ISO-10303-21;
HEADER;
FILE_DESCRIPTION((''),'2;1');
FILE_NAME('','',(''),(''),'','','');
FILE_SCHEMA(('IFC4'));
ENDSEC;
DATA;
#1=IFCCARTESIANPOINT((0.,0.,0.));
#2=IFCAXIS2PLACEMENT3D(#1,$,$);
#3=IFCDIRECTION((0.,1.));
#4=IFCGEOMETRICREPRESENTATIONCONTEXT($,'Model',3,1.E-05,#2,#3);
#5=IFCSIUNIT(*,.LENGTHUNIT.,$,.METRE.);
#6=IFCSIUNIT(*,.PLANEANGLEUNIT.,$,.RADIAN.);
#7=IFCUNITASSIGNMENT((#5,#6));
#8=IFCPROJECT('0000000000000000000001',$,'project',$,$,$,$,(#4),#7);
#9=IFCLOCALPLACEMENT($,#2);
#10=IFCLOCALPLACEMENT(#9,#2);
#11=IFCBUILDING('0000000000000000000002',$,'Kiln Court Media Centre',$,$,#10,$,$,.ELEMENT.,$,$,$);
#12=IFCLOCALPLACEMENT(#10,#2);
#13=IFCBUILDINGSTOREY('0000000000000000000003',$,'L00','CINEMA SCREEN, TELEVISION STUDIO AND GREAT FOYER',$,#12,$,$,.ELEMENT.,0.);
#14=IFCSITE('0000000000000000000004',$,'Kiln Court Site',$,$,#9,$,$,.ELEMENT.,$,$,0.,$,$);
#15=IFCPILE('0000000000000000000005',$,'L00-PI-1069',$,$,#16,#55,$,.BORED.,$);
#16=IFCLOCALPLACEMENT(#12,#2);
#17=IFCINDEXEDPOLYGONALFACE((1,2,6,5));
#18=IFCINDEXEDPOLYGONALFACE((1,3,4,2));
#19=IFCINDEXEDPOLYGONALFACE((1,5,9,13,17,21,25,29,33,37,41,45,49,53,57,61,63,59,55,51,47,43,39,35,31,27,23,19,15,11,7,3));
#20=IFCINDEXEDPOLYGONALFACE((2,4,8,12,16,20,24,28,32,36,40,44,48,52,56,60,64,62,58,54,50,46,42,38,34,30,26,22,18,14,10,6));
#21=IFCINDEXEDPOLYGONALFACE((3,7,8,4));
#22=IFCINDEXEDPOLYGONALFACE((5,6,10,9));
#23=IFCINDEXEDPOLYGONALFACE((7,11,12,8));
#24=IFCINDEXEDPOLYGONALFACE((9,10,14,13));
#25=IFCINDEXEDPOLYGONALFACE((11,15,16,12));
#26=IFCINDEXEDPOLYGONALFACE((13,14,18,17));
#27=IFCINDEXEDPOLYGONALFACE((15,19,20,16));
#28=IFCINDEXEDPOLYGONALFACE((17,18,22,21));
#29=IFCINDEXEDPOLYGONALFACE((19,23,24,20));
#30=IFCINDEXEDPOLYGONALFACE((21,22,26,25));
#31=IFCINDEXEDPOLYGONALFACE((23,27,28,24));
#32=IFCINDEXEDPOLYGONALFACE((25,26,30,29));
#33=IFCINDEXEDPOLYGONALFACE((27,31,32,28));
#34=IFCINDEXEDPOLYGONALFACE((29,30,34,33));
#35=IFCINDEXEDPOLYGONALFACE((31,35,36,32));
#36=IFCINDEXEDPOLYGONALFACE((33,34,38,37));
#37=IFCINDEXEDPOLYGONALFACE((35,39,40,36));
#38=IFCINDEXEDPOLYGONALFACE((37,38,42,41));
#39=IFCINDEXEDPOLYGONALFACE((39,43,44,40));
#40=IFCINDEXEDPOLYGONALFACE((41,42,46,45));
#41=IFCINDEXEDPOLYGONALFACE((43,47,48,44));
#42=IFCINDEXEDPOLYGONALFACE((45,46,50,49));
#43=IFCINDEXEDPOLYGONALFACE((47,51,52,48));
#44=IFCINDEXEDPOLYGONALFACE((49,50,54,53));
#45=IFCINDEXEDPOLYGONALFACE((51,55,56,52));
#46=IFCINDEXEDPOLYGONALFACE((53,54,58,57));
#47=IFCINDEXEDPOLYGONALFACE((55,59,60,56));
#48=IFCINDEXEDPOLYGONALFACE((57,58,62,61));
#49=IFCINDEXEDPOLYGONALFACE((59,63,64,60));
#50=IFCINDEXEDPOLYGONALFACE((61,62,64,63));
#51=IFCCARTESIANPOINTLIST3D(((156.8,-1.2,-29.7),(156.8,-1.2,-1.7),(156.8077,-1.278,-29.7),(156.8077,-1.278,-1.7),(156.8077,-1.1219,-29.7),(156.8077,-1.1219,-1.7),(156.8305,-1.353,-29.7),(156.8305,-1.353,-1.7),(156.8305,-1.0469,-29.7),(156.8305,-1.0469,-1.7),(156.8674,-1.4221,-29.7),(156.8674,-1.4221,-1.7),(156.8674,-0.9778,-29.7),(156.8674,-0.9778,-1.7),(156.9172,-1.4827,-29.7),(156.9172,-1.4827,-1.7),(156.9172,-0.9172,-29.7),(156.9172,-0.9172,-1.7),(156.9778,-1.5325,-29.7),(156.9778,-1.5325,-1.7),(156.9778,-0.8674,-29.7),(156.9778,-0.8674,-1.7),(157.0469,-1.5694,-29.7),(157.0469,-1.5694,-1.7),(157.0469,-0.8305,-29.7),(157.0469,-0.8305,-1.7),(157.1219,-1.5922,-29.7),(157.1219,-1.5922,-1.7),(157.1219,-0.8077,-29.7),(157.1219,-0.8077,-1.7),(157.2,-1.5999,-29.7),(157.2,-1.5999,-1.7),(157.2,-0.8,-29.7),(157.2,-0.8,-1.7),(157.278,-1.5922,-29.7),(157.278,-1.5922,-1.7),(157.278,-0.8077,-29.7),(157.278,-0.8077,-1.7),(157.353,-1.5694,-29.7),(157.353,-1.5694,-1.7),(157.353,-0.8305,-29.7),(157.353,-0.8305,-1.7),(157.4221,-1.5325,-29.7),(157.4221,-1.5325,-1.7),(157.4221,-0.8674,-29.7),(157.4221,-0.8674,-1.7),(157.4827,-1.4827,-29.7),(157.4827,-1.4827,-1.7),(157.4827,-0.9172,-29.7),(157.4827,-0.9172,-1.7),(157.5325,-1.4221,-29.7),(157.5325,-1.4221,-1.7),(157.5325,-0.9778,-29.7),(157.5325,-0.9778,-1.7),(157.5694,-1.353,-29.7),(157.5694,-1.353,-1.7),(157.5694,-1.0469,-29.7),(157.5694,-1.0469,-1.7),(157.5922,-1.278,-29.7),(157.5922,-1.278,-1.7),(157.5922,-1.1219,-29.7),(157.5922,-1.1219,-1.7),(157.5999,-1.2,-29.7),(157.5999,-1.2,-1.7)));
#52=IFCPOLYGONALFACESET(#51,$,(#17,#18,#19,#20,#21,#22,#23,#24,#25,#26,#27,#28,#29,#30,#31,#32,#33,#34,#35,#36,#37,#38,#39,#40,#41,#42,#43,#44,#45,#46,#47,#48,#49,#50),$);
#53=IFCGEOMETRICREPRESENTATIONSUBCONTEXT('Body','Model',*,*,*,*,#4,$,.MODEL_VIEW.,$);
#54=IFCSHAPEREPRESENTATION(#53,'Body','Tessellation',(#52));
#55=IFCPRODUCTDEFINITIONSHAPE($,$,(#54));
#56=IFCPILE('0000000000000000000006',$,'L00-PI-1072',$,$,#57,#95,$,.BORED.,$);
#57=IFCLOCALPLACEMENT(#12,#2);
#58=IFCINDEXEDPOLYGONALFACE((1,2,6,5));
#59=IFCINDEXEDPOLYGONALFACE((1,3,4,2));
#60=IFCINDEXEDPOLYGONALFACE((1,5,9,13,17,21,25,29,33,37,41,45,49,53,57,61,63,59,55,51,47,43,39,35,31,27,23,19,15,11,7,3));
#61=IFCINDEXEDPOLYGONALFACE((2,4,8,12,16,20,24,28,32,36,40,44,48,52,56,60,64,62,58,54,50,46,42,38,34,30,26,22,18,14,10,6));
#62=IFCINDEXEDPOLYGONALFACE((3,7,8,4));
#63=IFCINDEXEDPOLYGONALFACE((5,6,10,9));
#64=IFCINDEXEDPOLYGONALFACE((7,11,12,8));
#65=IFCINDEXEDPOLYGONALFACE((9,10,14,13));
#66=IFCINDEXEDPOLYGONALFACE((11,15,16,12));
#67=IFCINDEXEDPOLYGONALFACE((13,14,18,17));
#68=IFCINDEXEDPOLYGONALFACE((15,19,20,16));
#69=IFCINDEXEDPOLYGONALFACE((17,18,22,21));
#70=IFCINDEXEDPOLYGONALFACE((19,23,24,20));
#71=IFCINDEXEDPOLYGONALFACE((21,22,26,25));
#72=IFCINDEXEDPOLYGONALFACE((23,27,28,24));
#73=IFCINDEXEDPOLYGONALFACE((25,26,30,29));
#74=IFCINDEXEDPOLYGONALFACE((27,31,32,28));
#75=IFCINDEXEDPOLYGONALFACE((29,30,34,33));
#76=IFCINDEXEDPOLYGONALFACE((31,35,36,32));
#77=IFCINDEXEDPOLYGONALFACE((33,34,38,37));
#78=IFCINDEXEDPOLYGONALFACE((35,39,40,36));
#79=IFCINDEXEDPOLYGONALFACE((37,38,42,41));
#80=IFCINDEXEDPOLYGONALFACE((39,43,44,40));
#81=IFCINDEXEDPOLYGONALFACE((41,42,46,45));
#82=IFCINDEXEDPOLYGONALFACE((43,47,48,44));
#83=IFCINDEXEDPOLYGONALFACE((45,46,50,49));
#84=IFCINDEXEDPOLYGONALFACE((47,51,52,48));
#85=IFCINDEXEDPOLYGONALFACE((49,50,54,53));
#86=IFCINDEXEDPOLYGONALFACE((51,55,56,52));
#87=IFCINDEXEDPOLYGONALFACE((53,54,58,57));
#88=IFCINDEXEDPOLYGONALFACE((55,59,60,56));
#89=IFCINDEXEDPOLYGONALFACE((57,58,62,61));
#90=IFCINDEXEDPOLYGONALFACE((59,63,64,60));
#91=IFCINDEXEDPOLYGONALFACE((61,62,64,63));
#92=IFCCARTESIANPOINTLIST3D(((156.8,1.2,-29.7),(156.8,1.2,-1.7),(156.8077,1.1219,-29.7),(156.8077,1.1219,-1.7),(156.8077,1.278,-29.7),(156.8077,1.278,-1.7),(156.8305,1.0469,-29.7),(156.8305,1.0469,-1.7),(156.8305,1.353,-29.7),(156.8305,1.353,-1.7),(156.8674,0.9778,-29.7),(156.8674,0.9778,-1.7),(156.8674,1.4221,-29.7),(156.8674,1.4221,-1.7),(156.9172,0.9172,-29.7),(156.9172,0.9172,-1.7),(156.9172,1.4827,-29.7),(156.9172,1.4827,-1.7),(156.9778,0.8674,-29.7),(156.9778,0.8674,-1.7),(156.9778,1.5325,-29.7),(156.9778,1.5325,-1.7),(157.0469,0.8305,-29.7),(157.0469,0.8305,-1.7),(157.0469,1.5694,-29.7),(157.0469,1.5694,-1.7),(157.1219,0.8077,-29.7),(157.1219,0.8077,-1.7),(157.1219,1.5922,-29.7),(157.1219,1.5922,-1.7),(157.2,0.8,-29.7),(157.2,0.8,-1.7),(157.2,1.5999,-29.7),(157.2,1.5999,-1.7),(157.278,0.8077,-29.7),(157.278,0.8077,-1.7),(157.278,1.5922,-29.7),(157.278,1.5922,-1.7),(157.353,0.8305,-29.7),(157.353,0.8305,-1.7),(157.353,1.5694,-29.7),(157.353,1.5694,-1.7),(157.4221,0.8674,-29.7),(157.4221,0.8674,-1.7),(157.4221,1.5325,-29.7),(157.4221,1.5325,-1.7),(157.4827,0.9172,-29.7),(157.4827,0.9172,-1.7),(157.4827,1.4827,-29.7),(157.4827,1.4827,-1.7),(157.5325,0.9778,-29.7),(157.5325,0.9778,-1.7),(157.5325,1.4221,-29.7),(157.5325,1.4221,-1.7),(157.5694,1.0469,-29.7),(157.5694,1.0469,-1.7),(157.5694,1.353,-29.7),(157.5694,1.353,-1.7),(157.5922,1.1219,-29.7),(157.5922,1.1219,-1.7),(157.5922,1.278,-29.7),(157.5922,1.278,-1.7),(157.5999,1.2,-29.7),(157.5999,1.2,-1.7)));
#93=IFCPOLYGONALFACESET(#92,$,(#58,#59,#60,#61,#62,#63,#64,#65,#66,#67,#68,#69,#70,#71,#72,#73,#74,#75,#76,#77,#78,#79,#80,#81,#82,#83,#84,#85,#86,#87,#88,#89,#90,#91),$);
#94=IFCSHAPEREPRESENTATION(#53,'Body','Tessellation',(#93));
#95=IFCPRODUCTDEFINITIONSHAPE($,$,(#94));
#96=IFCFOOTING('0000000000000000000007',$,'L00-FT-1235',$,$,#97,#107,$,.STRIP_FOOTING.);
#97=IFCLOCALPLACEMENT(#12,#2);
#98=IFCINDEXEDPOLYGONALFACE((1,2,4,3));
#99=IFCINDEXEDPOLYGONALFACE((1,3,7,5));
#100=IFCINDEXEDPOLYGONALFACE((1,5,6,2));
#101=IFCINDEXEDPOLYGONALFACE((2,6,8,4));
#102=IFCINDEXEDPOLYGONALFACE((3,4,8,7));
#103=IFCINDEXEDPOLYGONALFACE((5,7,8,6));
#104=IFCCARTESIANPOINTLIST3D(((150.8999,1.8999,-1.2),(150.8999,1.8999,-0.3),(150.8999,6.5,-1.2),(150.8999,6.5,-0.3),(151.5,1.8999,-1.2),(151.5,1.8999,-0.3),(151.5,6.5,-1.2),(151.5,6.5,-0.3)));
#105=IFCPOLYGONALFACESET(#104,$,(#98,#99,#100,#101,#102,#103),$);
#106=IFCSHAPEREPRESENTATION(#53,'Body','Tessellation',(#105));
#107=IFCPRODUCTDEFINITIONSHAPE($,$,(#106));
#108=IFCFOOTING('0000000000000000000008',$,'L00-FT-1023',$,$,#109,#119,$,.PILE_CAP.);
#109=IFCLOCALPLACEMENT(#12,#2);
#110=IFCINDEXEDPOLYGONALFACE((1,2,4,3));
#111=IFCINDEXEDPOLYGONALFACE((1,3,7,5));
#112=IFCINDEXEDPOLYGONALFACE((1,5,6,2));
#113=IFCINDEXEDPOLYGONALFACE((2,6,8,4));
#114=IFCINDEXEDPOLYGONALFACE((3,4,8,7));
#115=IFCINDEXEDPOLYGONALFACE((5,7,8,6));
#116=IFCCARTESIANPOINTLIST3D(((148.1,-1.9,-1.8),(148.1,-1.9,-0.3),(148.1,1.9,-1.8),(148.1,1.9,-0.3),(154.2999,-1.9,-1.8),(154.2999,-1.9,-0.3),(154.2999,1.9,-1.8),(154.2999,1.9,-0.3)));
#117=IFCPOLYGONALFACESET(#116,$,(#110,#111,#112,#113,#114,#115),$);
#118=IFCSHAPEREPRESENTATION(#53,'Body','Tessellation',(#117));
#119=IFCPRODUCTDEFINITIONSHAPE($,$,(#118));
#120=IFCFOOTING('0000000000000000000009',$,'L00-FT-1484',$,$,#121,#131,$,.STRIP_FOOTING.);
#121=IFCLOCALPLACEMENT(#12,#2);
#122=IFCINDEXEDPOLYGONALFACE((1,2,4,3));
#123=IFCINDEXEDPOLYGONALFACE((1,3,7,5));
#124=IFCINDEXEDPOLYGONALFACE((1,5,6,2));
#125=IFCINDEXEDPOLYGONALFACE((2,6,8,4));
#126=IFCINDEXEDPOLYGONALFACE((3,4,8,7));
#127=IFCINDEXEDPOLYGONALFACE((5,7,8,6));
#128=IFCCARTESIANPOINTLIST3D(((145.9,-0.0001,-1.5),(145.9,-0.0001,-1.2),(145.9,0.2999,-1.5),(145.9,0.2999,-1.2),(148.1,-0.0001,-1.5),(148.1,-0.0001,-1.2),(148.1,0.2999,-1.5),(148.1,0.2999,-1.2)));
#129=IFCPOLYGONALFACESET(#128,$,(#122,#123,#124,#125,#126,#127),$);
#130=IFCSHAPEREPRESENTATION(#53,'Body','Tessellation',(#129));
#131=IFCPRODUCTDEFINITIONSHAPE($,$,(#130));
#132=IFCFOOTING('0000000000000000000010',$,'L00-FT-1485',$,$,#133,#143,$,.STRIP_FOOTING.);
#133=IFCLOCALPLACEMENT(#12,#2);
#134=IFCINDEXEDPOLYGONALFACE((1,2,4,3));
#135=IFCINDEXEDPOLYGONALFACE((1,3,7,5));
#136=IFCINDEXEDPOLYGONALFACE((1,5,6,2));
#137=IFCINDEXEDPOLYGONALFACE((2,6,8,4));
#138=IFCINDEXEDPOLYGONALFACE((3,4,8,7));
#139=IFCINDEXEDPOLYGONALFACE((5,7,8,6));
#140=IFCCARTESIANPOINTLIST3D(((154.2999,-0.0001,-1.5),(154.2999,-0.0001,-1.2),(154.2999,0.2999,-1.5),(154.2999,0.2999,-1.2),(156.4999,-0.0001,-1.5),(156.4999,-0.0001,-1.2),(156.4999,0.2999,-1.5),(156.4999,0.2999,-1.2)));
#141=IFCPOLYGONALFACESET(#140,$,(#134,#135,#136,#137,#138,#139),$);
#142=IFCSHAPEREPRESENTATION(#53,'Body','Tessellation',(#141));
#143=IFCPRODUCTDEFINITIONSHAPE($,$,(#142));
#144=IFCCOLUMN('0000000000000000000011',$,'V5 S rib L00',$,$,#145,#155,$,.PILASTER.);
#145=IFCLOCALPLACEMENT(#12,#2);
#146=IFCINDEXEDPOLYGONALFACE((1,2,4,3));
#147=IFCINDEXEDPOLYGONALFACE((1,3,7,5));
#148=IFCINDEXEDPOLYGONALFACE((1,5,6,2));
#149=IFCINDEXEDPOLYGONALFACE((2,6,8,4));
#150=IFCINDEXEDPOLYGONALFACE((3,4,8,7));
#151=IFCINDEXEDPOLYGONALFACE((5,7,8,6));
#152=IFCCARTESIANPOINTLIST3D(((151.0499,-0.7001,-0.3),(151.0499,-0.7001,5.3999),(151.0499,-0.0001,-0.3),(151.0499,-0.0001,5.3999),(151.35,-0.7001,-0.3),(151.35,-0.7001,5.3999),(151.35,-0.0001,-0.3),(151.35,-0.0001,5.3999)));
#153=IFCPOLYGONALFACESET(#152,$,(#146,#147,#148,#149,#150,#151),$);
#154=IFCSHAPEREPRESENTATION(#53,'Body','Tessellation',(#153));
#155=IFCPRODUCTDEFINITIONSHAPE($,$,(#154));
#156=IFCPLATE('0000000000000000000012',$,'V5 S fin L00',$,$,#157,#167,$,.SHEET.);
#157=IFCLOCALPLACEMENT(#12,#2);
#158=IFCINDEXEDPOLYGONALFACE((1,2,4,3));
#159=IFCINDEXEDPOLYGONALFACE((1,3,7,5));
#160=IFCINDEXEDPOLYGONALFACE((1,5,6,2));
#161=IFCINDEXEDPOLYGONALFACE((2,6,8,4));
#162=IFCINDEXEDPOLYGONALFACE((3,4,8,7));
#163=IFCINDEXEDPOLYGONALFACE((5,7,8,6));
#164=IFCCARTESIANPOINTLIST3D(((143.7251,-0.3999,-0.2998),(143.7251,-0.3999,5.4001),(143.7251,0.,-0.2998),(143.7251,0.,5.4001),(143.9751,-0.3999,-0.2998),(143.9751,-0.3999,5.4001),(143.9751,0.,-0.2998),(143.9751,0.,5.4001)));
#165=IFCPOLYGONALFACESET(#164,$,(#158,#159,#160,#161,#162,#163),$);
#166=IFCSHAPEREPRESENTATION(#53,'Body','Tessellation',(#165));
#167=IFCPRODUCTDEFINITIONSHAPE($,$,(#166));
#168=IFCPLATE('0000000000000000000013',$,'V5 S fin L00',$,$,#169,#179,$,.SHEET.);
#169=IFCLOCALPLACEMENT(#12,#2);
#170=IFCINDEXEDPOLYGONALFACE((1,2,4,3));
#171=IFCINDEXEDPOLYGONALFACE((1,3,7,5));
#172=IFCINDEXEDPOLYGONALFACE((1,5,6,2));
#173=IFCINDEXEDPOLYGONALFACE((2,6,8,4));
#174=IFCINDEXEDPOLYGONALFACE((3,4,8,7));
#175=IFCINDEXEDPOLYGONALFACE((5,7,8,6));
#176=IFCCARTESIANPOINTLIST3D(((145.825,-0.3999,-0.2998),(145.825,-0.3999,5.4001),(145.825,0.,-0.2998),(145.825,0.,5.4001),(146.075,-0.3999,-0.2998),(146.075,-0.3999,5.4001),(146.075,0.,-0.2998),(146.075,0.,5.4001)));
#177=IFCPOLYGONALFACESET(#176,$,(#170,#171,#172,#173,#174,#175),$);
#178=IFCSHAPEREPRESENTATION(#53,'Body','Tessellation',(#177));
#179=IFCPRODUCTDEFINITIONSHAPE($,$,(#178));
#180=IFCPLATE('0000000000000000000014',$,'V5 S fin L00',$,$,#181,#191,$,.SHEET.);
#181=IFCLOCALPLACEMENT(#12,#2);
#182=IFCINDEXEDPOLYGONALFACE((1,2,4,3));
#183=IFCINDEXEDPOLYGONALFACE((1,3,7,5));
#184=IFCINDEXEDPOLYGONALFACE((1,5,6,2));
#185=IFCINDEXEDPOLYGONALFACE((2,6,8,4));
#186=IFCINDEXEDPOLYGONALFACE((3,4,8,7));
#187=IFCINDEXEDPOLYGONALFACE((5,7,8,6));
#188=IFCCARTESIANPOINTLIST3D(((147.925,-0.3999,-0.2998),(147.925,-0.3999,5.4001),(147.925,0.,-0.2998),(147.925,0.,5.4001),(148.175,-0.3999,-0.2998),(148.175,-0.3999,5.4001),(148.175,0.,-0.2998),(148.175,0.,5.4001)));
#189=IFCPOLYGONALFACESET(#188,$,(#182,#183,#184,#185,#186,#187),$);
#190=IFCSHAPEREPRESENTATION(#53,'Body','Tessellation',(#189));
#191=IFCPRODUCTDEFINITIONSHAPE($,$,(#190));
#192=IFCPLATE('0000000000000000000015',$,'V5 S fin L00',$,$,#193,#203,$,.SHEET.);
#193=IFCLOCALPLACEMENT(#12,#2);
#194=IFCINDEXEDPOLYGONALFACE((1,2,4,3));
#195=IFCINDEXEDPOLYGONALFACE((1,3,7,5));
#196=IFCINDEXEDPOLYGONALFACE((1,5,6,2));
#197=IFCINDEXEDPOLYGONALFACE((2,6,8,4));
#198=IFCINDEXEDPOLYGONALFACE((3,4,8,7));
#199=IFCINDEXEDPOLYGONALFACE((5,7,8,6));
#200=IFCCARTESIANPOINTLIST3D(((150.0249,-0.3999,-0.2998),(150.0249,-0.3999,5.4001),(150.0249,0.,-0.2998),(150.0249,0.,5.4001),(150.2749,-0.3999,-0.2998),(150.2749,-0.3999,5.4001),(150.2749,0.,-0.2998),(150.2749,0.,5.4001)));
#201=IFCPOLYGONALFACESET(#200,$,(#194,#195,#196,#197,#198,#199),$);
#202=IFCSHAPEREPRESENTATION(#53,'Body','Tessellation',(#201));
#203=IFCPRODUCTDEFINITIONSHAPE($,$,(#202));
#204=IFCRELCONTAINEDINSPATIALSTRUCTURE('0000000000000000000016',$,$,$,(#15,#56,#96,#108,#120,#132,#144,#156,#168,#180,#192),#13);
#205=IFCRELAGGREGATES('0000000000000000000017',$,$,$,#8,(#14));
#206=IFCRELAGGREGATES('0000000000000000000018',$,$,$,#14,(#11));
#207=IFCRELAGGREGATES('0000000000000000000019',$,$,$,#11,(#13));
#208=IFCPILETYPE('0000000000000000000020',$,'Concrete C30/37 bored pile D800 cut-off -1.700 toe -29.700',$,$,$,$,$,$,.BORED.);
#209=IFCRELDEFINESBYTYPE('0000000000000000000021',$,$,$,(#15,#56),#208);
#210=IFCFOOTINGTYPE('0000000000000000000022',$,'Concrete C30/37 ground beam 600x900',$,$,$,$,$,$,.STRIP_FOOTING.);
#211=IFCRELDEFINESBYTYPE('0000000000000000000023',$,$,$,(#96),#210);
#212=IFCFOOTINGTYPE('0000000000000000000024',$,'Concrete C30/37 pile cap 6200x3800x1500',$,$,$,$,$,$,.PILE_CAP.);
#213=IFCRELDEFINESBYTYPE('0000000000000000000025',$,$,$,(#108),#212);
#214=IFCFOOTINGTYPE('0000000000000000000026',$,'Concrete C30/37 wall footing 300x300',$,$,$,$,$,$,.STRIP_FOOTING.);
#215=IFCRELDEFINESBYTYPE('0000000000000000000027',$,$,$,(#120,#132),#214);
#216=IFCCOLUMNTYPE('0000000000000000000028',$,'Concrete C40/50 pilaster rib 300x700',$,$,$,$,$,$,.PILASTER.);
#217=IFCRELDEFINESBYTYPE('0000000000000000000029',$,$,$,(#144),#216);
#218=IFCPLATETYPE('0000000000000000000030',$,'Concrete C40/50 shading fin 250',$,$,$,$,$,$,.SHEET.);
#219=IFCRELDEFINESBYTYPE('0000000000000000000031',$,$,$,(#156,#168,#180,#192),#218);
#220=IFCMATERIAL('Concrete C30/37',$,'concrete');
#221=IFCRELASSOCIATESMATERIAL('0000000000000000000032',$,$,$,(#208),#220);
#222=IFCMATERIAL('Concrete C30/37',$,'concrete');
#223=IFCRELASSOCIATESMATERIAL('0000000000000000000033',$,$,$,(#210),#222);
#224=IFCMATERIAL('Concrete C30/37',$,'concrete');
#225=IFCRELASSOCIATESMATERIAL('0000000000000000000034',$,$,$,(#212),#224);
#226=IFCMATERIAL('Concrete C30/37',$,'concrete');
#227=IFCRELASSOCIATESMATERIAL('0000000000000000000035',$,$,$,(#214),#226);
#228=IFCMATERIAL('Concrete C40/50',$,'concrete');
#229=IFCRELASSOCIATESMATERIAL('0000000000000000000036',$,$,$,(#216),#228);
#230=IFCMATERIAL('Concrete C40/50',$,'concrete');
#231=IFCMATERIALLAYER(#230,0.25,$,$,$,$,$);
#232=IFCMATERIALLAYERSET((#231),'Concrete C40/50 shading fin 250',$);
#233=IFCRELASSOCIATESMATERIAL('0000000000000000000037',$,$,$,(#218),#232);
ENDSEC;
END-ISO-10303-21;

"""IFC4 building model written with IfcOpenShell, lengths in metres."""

from ifc_helpers import new_model, si_unit, direction, frame, origin, origin_2d, place, context, subcontext, project, spatial, rectangle, circle, extrude, material, layer, layer_set, material_profile, profile_set, type_object, element, save


model = new_model("IFC4")

# Units and contexts
model_context = context("Model", 3, precision=1e-05, world=origin(), true_north=direction((0.0, 1.0)))
body_context = subcontext(model_context, "Body", "Model", "MODEL_VIEW")
ifc_project = project(units=[si_unit("LENGTHUNIT", "METRE"), si_unit("PLANEANGLEUNIT", "RADIAN")], contexts=[model_context])

# Site, building, storey
site_placement = place(None, origin())
site = spatial("IfcSite", under=ifc_project, at=site_placement, Name="Kiln Court Site", CompositionType="ELEMENT", RefElevation=0.0)
building_placement = place(site_placement, origin())
building = spatial("IfcBuilding", under=site, at=building_placement, Name="Kiln Court Media Centre", CompositionType="ELEMENT")
storey_placement = place(building_placement, origin())
storey = spatial("IfcBuildingStorey", under=building, at=storey_placement, Name="L00", Description="CINEMA SCREEN, TELEVISION STUDIO AND GREAT FOYER", CompositionType="ELEMENT", Elevation=0.0)

# Piles
ifc_material_1 = material(Name="Concrete C30/37", Category="concrete")
ifc_material_profile_1 = material_profile(ifc_material_1, circle(Radius=0.3999, at=origin_2d()), Name="PILE D800")
ifc_profile_set_1 = profile_set([ifc_material_profile_1], Name="Concrete C30/37")
pile_type_1 = type_object("IfcPileType", Name="Concrete C30/37 bored pile D800 cut-off -1.700 toe -29.700", PredefinedType="BORED", material=ifc_profile_set_1)
for number, where, z_axis, x_axis, name in (
    (1, (157.2, -1.2, -1.7), (0.0, 0.0, -1.0), (1.0, 0.0, 0.0), "L00-PI-1069"),
    (2, (157.2, 1.2, -1.7), (0.0, 0.0, -1.0), (1.0, 0.0, 0.0), "L00-PI-1072"),
):
    element("IfcPile", number, at=place(storey_placement, frame(where, z_axis=z_axis, x_axis=x_axis)), inside=storey, type_object=pile_type_1, Name=name, PredefinedType="BORED", context=body_context, shape_type="SweptSolid", body=[
        extrude(circle(Radius=0.3999, at=origin_2d()), origin(), (0.0, 0.0, 1.0), 28.0),
    ])

# Footings
ifc_material_2 = material(Name="Concrete C30/37", Category="concrete")
footing_type_1 = type_object("IfcFootingType", Name="Concrete C30/37 ground beam 600x900", PredefinedType="STRIP_FOOTING", material=ifc_material_2)
footing_1_placement = place(storey_placement, frame((151.2, 4.2, -1.2), z_axis=(0.0, 0.0, 1.0), x_axis=(1.0, 0.0, 0.0)))
element("IfcFooting", 3, at=footing_1_placement, inside=storey, type_object=footing_type_1, Name="L00-FT-1235", PredefinedType="STRIP_FOOTING", context=body_context, shape_type="SweptSolid", body=[
    extrude(rectangle(XDim=0.6001, YDim=4.6001, at=origin_2d()), origin(), (0.0, 0.0, 1.0), 0.8999),
])
ifc_material_3 = material(Name="Concrete C30/37", Category="concrete")
footing_type_2 = type_object("IfcFootingType", Name="Concrete C30/37 pile cap 6200x3800x1500", PredefinedType="PILE_CAP", material=ifc_material_3)
footing_2_placement = place(storey_placement, frame((151.2, 0.0, -1.8), z_axis=(0.0, 0.0, 1.0), x_axis=(1.0, 0.0, 0.0)))
element("IfcFooting", 4, at=footing_2_placement, inside=storey, type_object=footing_type_2, Name="L00-FT-1023", PredefinedType="PILE_CAP", context=body_context, shape_type="SweptSolid", body=[
    extrude(rectangle(XDim=6.2, YDim=3.8, at=origin_2d()), origin(), (0.0, 0.0, 1.0), 1.5),
])
ifc_material_4 = material(Name="Concrete C30/37", Category="concrete")
footing_type_3 = type_object("IfcFootingType", Name="Concrete C30/37 wall footing 300x300", PredefinedType="STRIP_FOOTING", material=ifc_material_4)
for number, where, z_axis, x_axis, name in (
    (5, (147.0, 0.1499, -1.5), (0.0, 0.0, 1.0), (1.0, 0.0, 0.0), "L00-FT-1484"),
    (6, (155.3999, 0.1499, -1.5), (0.0, 0.0, 1.0), (1.0, 0.0, 0.0), "L00-FT-1485"),
):
    element("IfcFooting", number, at=place(storey_placement, frame(where, z_axis=z_axis, x_axis=x_axis)), inside=storey, type_object=footing_type_3, Name=name, PredefinedType="STRIP_FOOTING", context=body_context, shape_type="SweptSolid", body=[
        extrude(rectangle(XDim=2.2, YDim=0.3, at=origin_2d()), origin(), (0.0, 0.0, 1.0), 0.3),
    ])

# Column
ifc_material_5 = material(Name="Concrete C40/50", Category="concrete")
ifc_material_profile_2 = material_profile(ifc_material_5, rectangle(XDim=0.3, YDim=0.7, at=origin_2d()), Name="RC 300x700")
ifc_profile_set_2 = profile_set([ifc_material_profile_2], Name="Concrete C40/50")
column_type = type_object("IfcColumnType", Name="Concrete C40/50 pilaster rib 300x700", PredefinedType="PILASTER", material=ifc_profile_set_2)
column_placement = place(storey_placement, frame((151.2, -0.3501, -0.3), z_axis=(0.0, 0.0, 1.0), x_axis=(1.0, 0.0, 0.0)))
element("IfcColumn", 7, at=column_placement, inside=storey, type_object=column_type, Name="V5 S rib L00", PredefinedType="PILASTER", context=body_context, shape_type="SweptSolid", body=[
    extrude(rectangle(XDim=0.3, YDim=0.7, at=origin_2d()), origin(), (0.0, 0.0, 1.0), 5.7),
])

# Plates
ifc_material_6 = material(Name="Concrete C40/50", Category="concrete")
ifc_layer_1 = layer(ifc_material_6, 0.25)
ifc_layer_set_1 = layer_set([ifc_layer_1], Name="Concrete C40/50 shading fin 250")
plate_type = type_object("IfcPlateType", Name="Concrete C40/50 shading fin 250", PredefinedType="SHEET", material=ifc_layer_set_1)
for number, where, z_axis, x_axis, name in (
    (8, (143.8501, -0.2, -0.2998), (0.0, 0.0, 1.0), (1.0, 0.0, 0.0), "V5 S fin L00"),
    (9, (145.95, -0.2, -0.2998), (0.0, 0.0, 1.0), (1.0, 0.0, 0.0), "V5 S fin L00"),
    (10, (148.05, -0.2, -0.2998), (0.0, 0.0, 1.0), (1.0, 0.0, 0.0), "V5 S fin L00"),
    (11, (150.1499, -0.2, -0.2998), (0.0, 0.0, 1.0), (1.0, 0.0, 0.0), "V5 S fin L00"),
):
    element("IfcPlate", number, at=place(storey_placement, frame(where, z_axis=z_axis, x_axis=x_axis)), inside=storey, type_object=plate_type, Name=name, PredefinedType="SHEET", context=body_context, shape_type="SweptSolid", body=[
        extrude(rectangle(XDim=0.25, YDim=0.3999, at=origin_2d()), origin(), (0.0, 0.0, 1.0), 5.7),
    ])

save(model, "model.ifc")
